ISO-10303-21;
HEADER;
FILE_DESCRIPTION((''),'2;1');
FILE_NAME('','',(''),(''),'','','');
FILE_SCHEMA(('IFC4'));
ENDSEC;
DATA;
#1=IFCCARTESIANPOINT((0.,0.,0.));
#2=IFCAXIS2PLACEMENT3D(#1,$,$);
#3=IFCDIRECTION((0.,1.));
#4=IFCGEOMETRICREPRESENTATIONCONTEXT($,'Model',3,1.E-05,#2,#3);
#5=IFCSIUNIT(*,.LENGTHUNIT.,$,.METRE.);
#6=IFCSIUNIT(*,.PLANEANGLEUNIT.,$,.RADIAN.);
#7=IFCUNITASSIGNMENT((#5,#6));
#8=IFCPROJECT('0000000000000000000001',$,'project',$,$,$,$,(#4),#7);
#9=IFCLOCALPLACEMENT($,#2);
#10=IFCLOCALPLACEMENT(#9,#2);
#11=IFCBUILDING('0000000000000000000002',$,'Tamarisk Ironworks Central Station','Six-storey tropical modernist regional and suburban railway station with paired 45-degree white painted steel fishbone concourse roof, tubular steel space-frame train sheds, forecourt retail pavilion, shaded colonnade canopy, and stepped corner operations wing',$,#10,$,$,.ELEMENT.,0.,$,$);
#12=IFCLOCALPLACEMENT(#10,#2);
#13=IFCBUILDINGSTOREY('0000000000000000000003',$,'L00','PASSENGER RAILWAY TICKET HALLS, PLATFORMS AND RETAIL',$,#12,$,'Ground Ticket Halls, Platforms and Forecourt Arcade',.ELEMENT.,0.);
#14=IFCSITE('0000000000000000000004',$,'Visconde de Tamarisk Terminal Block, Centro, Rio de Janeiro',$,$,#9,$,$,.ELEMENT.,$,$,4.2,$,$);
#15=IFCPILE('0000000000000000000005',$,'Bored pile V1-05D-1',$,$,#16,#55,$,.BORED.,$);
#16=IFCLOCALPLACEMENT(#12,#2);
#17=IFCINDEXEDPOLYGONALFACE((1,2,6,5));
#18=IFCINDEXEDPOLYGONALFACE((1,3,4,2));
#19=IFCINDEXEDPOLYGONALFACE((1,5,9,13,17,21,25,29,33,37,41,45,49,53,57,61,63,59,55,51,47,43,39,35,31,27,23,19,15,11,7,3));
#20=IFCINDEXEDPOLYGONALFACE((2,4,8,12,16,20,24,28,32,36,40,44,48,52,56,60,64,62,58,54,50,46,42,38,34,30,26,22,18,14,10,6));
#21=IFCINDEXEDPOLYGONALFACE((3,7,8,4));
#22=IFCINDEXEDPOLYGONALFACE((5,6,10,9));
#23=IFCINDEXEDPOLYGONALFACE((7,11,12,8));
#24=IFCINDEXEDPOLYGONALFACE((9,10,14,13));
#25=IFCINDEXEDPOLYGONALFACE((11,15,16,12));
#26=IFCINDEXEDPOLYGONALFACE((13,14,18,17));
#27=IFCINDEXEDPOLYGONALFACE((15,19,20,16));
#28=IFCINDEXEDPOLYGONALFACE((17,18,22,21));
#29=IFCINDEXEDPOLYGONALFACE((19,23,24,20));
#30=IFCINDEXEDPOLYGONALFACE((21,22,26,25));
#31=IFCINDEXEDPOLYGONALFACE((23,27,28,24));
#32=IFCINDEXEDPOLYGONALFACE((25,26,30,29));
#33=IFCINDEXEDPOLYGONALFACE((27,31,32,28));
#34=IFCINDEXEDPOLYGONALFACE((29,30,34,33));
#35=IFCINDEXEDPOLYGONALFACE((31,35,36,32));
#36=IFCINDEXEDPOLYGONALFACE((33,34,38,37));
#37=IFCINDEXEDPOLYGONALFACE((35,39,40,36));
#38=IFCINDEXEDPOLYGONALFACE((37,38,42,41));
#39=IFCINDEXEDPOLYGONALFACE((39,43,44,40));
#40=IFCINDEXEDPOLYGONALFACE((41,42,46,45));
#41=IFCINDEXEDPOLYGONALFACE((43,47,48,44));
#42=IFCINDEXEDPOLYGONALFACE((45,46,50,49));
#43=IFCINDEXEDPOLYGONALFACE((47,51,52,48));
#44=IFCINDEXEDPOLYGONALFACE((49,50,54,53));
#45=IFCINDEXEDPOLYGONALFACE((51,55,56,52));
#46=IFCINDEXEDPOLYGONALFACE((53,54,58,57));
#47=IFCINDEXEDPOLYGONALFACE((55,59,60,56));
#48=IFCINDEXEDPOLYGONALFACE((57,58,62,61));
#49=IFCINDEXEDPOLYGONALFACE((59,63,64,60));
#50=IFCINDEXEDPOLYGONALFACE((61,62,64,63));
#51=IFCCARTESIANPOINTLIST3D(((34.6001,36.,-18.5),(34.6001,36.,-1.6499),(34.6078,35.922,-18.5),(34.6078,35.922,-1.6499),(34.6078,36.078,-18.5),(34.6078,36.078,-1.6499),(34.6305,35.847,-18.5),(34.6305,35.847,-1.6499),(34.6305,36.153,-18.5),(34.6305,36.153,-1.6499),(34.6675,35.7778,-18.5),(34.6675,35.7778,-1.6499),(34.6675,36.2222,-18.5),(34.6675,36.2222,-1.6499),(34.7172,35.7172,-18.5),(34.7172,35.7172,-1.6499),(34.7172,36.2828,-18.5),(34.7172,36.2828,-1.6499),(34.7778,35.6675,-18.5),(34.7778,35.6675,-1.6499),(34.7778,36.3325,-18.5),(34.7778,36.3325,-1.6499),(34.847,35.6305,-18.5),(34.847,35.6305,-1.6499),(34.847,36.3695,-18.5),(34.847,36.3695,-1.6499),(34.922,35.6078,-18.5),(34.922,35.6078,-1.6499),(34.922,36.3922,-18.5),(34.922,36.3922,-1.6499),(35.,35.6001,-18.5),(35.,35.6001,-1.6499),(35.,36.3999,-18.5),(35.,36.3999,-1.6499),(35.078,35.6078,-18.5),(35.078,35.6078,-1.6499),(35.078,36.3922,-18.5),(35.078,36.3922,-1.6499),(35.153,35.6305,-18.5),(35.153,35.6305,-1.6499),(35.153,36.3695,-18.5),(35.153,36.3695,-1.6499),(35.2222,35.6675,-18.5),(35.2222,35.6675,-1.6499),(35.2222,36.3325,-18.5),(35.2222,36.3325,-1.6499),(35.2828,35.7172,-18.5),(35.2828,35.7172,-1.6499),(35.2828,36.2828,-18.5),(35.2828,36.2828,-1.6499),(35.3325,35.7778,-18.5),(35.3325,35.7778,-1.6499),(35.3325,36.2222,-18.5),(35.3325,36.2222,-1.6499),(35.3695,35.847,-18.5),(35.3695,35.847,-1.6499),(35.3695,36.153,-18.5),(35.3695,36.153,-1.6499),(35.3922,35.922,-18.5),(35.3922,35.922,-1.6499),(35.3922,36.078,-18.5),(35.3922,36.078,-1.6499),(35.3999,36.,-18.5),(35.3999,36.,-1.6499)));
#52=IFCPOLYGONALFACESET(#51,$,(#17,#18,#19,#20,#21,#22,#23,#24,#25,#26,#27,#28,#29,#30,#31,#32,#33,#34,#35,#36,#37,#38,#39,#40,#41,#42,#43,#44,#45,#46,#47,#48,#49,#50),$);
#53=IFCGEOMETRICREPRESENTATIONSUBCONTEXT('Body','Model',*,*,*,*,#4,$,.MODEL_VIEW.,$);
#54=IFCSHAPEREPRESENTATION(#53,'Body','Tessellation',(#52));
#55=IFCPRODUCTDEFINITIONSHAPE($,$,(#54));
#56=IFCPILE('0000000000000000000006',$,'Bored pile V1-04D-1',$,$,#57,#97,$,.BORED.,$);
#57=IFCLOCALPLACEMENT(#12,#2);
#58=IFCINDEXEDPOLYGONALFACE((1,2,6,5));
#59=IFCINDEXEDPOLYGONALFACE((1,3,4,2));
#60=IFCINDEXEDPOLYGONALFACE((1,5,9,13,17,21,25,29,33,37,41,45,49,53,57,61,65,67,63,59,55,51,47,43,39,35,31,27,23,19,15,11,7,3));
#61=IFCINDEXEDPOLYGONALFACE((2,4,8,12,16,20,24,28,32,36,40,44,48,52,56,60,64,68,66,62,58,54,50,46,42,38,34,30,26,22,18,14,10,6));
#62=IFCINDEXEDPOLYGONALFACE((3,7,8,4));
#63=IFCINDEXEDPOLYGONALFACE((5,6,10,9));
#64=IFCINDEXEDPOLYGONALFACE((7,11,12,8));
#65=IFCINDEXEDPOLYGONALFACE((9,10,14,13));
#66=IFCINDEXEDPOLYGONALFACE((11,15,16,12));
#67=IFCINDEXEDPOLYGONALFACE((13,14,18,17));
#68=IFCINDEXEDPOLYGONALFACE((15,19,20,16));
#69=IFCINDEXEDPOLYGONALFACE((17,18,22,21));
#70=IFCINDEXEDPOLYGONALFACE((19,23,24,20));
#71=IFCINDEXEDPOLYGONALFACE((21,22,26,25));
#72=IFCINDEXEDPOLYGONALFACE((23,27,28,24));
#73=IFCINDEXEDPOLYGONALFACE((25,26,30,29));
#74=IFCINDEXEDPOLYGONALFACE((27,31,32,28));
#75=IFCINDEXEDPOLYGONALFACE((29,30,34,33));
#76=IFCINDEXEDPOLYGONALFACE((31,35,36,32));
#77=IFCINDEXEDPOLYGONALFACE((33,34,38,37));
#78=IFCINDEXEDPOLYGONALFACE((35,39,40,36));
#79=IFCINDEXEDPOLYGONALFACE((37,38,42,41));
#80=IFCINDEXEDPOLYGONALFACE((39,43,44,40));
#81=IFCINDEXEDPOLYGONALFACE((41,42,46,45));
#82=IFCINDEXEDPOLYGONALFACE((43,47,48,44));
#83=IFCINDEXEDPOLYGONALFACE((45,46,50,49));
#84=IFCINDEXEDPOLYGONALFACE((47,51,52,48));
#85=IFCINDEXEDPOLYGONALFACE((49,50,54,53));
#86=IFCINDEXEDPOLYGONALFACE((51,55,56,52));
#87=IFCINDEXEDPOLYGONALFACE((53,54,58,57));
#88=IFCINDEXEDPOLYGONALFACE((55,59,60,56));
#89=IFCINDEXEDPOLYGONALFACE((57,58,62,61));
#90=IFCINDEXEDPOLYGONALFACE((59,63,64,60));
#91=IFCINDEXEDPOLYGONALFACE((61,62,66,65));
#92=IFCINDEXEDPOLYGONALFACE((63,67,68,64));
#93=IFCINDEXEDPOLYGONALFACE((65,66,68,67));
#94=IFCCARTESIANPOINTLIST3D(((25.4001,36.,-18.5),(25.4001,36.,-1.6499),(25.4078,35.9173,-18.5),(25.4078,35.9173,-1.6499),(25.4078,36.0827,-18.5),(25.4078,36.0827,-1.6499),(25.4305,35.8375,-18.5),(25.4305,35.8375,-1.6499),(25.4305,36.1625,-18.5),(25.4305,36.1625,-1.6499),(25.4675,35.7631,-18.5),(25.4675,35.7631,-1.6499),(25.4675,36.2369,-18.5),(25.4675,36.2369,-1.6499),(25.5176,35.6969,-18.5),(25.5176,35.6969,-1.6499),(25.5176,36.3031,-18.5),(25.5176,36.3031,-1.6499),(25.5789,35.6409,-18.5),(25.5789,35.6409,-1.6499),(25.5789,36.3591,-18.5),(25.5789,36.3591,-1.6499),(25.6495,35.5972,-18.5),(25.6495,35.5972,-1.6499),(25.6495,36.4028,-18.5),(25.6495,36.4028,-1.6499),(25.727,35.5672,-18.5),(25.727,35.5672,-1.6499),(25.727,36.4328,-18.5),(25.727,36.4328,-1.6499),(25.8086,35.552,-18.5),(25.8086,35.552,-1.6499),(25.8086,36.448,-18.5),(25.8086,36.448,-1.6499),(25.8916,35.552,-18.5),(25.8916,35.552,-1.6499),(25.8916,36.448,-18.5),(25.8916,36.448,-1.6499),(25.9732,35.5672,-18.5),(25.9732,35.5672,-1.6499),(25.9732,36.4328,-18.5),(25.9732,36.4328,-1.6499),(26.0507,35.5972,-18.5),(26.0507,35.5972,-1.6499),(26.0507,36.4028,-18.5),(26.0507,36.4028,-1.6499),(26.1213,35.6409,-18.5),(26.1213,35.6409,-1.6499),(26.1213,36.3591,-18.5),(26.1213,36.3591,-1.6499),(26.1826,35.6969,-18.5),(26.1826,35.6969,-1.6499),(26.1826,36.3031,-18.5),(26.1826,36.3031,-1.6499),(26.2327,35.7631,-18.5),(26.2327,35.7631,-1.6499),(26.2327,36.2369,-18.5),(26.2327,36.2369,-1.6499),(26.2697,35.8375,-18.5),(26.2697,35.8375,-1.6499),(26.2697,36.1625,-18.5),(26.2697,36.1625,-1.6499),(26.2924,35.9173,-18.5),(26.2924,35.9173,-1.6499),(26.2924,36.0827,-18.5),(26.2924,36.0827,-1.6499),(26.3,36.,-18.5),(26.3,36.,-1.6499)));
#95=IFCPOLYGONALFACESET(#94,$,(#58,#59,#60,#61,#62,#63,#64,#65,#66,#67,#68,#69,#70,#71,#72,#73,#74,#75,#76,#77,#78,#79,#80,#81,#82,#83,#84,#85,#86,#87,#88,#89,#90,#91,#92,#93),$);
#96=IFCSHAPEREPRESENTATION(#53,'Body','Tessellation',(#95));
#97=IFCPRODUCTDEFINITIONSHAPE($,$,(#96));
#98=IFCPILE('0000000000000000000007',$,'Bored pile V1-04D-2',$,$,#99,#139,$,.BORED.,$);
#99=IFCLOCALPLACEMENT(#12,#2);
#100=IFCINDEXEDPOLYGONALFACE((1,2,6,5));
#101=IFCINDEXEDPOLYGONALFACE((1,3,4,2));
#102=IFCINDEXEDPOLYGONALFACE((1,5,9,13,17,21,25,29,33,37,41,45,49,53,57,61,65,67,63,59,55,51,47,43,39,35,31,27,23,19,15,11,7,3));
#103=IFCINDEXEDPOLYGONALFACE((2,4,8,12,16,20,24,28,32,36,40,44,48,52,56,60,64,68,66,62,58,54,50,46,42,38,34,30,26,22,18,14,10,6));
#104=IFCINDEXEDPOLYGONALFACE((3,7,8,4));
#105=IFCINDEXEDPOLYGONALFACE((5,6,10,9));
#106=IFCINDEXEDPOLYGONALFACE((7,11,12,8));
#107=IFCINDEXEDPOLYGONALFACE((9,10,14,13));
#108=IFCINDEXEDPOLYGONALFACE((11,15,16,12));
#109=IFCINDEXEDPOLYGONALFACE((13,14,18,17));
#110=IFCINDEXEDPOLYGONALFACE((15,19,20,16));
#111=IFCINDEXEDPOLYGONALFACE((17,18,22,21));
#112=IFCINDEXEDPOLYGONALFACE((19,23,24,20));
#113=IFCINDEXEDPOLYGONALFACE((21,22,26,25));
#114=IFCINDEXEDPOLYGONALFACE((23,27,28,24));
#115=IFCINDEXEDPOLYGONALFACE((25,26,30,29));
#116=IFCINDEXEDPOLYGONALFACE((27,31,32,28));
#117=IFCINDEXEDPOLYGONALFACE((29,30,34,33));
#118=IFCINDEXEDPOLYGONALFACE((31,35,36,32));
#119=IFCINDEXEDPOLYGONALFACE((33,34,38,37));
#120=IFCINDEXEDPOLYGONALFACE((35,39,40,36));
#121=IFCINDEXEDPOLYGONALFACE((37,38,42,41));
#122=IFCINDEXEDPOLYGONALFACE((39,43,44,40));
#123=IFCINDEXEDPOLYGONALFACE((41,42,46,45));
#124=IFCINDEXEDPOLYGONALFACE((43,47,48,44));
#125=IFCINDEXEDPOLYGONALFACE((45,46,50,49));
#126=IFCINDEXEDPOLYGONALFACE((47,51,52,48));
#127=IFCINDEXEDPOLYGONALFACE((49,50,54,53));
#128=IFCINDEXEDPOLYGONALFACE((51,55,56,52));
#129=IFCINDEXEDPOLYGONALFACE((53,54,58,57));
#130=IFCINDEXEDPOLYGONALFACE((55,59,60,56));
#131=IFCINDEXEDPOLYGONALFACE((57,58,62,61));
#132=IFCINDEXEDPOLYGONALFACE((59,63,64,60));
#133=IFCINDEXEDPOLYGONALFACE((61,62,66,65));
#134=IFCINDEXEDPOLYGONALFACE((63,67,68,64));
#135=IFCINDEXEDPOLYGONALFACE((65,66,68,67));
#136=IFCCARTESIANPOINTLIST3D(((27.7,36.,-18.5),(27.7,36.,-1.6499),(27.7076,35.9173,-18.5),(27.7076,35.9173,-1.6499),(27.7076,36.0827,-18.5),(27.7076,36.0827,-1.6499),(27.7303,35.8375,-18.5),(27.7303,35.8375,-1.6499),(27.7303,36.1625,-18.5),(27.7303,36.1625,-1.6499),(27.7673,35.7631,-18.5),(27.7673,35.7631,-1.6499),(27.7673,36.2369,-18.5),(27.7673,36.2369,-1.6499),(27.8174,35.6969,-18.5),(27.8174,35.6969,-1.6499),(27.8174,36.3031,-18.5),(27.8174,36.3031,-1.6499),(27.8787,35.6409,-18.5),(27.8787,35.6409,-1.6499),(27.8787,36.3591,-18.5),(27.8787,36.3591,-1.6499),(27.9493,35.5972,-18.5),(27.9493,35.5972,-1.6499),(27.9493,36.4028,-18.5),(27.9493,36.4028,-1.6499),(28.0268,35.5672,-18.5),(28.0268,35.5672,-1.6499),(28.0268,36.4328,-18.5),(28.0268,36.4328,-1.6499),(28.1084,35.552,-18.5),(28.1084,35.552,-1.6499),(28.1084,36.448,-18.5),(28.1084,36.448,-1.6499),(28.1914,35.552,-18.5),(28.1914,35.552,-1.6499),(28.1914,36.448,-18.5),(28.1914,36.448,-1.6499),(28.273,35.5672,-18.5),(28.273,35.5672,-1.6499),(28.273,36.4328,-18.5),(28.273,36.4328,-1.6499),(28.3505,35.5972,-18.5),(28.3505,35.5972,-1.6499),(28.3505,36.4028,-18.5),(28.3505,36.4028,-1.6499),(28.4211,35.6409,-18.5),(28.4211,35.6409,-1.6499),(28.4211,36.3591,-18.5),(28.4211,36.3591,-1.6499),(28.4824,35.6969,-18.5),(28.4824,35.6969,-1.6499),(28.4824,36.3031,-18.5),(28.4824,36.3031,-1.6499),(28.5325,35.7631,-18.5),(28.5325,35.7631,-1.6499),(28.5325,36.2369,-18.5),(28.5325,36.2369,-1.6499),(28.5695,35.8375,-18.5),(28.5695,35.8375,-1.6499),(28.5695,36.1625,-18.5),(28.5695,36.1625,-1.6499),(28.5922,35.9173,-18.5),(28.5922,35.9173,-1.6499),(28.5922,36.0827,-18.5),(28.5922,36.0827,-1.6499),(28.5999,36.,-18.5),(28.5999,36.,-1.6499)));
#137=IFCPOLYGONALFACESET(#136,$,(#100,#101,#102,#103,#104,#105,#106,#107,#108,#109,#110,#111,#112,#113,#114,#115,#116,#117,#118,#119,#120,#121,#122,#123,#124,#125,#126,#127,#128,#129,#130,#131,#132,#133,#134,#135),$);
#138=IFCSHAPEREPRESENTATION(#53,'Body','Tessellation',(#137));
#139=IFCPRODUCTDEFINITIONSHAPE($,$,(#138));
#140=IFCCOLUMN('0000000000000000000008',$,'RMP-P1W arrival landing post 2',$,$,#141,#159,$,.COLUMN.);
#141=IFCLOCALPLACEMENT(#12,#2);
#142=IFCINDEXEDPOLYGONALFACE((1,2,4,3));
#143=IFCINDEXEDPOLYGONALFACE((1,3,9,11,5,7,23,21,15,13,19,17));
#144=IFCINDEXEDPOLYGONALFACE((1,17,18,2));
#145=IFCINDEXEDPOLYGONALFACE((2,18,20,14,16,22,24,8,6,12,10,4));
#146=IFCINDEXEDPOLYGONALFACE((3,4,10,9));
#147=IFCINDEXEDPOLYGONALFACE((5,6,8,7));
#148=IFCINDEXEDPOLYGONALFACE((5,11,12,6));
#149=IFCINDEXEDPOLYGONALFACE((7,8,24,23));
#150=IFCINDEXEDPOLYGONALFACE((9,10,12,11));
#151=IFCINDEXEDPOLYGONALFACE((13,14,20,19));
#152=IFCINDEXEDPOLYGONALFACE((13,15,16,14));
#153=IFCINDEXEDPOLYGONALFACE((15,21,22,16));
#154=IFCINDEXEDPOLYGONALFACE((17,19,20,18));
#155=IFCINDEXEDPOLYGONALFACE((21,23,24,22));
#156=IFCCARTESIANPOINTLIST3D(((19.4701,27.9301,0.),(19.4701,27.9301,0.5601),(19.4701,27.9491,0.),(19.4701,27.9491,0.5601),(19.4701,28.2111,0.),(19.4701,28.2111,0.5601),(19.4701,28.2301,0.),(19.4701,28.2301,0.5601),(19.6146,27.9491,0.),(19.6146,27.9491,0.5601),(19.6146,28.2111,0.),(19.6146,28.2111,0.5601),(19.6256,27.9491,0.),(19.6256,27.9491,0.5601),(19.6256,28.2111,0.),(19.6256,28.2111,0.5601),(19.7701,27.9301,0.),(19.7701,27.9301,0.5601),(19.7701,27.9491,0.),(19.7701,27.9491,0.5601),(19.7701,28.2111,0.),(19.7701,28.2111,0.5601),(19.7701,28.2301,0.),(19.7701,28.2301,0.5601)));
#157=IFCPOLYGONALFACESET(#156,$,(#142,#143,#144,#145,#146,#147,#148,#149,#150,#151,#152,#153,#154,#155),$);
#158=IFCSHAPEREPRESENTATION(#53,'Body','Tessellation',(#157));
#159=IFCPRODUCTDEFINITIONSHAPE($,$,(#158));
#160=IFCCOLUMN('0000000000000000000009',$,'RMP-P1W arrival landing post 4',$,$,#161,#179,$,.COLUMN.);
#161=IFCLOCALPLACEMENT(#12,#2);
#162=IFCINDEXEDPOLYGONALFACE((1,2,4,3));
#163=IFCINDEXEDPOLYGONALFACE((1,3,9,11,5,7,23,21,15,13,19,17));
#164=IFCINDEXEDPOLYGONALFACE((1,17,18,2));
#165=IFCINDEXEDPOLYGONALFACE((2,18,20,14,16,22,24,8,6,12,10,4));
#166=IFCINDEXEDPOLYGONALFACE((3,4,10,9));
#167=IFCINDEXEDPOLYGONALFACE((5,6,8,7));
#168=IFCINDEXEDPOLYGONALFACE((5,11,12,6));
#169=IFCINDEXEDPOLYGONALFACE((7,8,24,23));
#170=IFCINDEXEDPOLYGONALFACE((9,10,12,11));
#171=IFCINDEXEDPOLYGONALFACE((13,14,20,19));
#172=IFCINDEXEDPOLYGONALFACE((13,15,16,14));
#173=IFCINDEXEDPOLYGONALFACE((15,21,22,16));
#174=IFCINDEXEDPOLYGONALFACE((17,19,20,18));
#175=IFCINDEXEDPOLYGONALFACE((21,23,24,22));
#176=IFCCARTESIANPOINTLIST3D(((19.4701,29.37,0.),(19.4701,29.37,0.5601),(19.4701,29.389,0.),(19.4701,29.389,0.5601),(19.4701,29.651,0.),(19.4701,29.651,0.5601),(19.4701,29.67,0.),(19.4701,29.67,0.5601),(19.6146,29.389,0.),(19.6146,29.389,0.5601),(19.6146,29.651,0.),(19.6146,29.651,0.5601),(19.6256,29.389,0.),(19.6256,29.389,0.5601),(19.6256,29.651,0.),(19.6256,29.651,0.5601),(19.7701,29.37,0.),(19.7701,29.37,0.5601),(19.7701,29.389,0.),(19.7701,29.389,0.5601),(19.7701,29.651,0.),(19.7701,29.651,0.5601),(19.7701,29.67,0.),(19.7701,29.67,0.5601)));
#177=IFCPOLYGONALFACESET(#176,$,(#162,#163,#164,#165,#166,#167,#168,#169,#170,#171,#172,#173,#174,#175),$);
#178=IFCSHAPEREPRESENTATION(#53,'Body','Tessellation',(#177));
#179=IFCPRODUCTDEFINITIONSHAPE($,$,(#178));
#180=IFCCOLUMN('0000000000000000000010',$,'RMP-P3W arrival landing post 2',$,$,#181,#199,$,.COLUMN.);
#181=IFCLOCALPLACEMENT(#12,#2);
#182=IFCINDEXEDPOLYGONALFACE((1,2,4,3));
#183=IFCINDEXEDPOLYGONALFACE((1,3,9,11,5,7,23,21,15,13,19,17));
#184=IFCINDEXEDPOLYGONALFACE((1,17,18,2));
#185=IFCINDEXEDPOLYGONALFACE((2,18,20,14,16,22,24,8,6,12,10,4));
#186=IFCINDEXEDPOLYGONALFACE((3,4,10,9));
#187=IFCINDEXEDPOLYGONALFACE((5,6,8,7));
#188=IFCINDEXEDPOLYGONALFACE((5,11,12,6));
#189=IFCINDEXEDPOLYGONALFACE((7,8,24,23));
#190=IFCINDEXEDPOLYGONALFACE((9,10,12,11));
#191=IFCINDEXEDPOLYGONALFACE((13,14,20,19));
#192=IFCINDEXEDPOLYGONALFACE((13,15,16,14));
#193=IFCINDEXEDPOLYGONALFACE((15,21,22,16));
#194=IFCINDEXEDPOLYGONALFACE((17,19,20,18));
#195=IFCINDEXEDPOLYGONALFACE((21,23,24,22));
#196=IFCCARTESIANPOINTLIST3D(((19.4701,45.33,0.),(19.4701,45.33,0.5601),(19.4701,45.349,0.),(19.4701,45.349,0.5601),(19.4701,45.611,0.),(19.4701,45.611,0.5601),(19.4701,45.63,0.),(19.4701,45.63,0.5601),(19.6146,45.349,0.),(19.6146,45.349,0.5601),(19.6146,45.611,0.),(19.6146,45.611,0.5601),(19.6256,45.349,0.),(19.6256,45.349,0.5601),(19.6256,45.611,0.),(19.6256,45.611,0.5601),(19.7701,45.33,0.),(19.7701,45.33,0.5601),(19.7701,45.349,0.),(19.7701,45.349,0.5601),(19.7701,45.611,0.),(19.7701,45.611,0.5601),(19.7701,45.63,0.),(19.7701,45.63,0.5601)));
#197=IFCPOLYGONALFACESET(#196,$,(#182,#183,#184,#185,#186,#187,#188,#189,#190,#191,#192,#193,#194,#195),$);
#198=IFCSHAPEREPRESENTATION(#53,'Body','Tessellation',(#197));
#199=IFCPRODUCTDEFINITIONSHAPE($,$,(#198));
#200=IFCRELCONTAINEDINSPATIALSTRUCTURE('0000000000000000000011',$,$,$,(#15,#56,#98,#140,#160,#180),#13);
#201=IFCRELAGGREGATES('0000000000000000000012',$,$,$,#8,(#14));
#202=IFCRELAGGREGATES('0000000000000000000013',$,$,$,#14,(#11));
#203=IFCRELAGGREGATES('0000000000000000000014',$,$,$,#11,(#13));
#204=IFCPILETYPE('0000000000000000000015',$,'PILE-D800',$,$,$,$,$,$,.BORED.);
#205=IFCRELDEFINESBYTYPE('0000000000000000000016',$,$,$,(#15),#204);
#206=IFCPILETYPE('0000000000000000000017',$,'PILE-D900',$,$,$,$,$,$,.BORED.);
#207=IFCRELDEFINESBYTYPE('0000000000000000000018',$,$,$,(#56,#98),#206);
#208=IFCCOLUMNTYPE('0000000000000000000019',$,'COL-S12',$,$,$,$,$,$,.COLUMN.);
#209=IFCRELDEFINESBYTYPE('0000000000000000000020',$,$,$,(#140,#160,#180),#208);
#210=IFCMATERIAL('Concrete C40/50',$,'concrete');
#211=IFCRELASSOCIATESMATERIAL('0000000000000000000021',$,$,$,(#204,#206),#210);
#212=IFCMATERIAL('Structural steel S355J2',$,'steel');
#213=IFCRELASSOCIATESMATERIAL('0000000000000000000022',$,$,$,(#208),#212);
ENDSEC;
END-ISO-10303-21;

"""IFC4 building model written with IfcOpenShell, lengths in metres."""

from ifc_helpers import new_model, si_unit, direction, frame, origin, origin_2d, place, context, subcontext, project, spatial, circle, i_section, extrude, material, material_profile, profile_set, type_object, element, save


model = new_model("IFC4")

# Units and contexts
model_context = context("Model", 3, precision=1e-05, world=origin(), true_north=direction((0.0, 1.0)))
body_context = subcontext(model_context, "Body", "Model", "MODEL_VIEW")
ifc_project = project(units=[si_unit("LENGTHUNIT", "METRE"), si_unit("PLANEANGLEUNIT", "RADIAN")], contexts=[model_context])

# Site, building, storey
site_placement = place(None, origin())
site = spatial("IfcSite", under=ifc_project, at=site_placement, Name="Visconde de Tamarisk Terminal Block, Centro, Rio de Janeiro", CompositionType="ELEMENT", RefElevation=4.2)
building_placement = place(site_placement, origin())
building = spatial("IfcBuilding", under=site, at=building_placement, Name="Tamarisk Ironworks Central Station", Description="Six-storey tropical modernist regional and suburban railway station with paired 45-degree white painted steel fishbone concourse roof, tubular steel space-frame train sheds, forecourt retail pavilion, shaded colonnade canopy, and stepped corner operations wing", CompositionType="ELEMENT", ElevationOfRefHeight=0.0)
storey_placement = place(building_placement, origin())
storey = spatial("IfcBuildingStorey", under=building, at=storey_placement, Name="L00", Description="PASSENGER RAILWAY TICKET HALLS, PLATFORMS AND RETAIL", LongName="Ground Ticket Halls, Platforms and Forecourt Arcade", CompositionType="ELEMENT", Elevation=0.0)

# Shared definitions
ifc_material_1 = material(Name="Concrete C40/50", Category="concrete")

# Piles
ifc_material_profile_1 = material_profile(ifc_material_1, circle(Radius=0.3999, at=origin_2d()), Name="BORED PILE D800")
ifc_profile_set_1 = profile_set([ifc_material_profile_1], Name="Concrete C40/50")
pile_type_1 = type_object("IfcPileType", Name="PILE-D800", PredefinedType="BORED", material=ifc_profile_set_1)
for number, where, z_axis, x_axis, name in (
    (1, (35.0, 36.0, -1.6499), (0.0, 0.0, -1.0), (1.0, 0.0, 0.0), "Bored pile V1-05D-1"),
):
    element("IfcPile", number, at=place(storey_placement, frame(where, z_axis=z_axis, x_axis=x_axis)), inside=storey, type_object=pile_type_1, Name=name, PredefinedType="BORED", context=body_context, shape_type="SweptSolid", body=[
        extrude(circle(Radius=0.3999, at=origin_2d()), origin(), (0.0, 0.0, 1.0), 16.8501),
    ])
ifc_material_profile_2 = material_profile(ifc_material_1, circle(Radius=0.45, at=origin_2d()), Name="BORED PILE D900")
ifc_profile_set_2 = profile_set([ifc_material_profile_2], Name="Concrete C40/50")
pile_type_2 = type_object("IfcPileType", Name="PILE-D900", PredefinedType="BORED", material=ifc_profile_set_2)
for number, where, z_axis, x_axis, name in (
    (2, (25.8501, 36.0, -1.6499), (0.0, 0.0, -1.0), (1.0, 0.0, 0.0), "Bored pile V1-04D-1"),
    (3, (28.1499, 36.0, -1.6499), (0.0, 0.0, -1.0), (1.0, 0.0, 0.0), "Bored pile V1-04D-2"),
):
    element("IfcPile", number, at=place(storey_placement, frame(where, z_axis=z_axis, x_axis=x_axis)), inside=storey, type_object=pile_type_2, Name=name, PredefinedType="BORED", context=body_context, shape_type="SweptSolid", body=[
        extrude(circle(Radius=0.45, at=origin_2d()), origin(), (0.0, 0.0, 1.0), 16.8501),
    ])

# Columns
ifc_material_2 = material(Name="Structural steel S355J2", Category="steel")
ifc_material_profile_3 = material_profile(ifc_material_2, i_section(OverallWidth=0.3, OverallDepth=0.3, WebThickness=0.011, FlangeThickness=0.019, at=origin_2d()), Name="HEB 300")
ifc_profile_set_3 = profile_set([ifc_material_profile_3], Name="Structural steel S355J2")
column_type_1 = type_object("IfcColumnType", Name="COL-S12", PredefinedType="COLUMN", material=ifc_profile_set_3)
for number, where, z_axis, x_axis, name in (
    (4, (19.6201, 28.0801, 0.0), (0.0, 0.0, 1.0), (1.0, 0.0, 0.0), "RMP-P1W arrival landing post 2"),
    (5, (19.6201, 29.52, 0.0), (0.0, 0.0, 1.0), (1.0, 0.0, 0.0), "RMP-P1W arrival landing post 4"),
    (6, (19.6201, 45.48, 0.0), (0.0, 0.0, 1.0), (1.0, 0.0, 0.0), "RMP-P3W arrival landing post 2"),
):
    element("IfcColumn", number, at=place(storey_placement, frame(where, z_axis=z_axis, x_axis=x_axis)), inside=storey, type_object=column_type_1, Name=name, PredefinedType="COLUMN", context=body_context, shape_type="SweptSolid", body=[
        extrude(i_section(OverallWidth=0.3, OverallDepth=0.3, WebThickness=0.011, FlangeThickness=0.019, at=origin_2d()), origin(), (0.0, 0.0, 1.0), 0.5601),
    ])

save(model, "model.ifc")
